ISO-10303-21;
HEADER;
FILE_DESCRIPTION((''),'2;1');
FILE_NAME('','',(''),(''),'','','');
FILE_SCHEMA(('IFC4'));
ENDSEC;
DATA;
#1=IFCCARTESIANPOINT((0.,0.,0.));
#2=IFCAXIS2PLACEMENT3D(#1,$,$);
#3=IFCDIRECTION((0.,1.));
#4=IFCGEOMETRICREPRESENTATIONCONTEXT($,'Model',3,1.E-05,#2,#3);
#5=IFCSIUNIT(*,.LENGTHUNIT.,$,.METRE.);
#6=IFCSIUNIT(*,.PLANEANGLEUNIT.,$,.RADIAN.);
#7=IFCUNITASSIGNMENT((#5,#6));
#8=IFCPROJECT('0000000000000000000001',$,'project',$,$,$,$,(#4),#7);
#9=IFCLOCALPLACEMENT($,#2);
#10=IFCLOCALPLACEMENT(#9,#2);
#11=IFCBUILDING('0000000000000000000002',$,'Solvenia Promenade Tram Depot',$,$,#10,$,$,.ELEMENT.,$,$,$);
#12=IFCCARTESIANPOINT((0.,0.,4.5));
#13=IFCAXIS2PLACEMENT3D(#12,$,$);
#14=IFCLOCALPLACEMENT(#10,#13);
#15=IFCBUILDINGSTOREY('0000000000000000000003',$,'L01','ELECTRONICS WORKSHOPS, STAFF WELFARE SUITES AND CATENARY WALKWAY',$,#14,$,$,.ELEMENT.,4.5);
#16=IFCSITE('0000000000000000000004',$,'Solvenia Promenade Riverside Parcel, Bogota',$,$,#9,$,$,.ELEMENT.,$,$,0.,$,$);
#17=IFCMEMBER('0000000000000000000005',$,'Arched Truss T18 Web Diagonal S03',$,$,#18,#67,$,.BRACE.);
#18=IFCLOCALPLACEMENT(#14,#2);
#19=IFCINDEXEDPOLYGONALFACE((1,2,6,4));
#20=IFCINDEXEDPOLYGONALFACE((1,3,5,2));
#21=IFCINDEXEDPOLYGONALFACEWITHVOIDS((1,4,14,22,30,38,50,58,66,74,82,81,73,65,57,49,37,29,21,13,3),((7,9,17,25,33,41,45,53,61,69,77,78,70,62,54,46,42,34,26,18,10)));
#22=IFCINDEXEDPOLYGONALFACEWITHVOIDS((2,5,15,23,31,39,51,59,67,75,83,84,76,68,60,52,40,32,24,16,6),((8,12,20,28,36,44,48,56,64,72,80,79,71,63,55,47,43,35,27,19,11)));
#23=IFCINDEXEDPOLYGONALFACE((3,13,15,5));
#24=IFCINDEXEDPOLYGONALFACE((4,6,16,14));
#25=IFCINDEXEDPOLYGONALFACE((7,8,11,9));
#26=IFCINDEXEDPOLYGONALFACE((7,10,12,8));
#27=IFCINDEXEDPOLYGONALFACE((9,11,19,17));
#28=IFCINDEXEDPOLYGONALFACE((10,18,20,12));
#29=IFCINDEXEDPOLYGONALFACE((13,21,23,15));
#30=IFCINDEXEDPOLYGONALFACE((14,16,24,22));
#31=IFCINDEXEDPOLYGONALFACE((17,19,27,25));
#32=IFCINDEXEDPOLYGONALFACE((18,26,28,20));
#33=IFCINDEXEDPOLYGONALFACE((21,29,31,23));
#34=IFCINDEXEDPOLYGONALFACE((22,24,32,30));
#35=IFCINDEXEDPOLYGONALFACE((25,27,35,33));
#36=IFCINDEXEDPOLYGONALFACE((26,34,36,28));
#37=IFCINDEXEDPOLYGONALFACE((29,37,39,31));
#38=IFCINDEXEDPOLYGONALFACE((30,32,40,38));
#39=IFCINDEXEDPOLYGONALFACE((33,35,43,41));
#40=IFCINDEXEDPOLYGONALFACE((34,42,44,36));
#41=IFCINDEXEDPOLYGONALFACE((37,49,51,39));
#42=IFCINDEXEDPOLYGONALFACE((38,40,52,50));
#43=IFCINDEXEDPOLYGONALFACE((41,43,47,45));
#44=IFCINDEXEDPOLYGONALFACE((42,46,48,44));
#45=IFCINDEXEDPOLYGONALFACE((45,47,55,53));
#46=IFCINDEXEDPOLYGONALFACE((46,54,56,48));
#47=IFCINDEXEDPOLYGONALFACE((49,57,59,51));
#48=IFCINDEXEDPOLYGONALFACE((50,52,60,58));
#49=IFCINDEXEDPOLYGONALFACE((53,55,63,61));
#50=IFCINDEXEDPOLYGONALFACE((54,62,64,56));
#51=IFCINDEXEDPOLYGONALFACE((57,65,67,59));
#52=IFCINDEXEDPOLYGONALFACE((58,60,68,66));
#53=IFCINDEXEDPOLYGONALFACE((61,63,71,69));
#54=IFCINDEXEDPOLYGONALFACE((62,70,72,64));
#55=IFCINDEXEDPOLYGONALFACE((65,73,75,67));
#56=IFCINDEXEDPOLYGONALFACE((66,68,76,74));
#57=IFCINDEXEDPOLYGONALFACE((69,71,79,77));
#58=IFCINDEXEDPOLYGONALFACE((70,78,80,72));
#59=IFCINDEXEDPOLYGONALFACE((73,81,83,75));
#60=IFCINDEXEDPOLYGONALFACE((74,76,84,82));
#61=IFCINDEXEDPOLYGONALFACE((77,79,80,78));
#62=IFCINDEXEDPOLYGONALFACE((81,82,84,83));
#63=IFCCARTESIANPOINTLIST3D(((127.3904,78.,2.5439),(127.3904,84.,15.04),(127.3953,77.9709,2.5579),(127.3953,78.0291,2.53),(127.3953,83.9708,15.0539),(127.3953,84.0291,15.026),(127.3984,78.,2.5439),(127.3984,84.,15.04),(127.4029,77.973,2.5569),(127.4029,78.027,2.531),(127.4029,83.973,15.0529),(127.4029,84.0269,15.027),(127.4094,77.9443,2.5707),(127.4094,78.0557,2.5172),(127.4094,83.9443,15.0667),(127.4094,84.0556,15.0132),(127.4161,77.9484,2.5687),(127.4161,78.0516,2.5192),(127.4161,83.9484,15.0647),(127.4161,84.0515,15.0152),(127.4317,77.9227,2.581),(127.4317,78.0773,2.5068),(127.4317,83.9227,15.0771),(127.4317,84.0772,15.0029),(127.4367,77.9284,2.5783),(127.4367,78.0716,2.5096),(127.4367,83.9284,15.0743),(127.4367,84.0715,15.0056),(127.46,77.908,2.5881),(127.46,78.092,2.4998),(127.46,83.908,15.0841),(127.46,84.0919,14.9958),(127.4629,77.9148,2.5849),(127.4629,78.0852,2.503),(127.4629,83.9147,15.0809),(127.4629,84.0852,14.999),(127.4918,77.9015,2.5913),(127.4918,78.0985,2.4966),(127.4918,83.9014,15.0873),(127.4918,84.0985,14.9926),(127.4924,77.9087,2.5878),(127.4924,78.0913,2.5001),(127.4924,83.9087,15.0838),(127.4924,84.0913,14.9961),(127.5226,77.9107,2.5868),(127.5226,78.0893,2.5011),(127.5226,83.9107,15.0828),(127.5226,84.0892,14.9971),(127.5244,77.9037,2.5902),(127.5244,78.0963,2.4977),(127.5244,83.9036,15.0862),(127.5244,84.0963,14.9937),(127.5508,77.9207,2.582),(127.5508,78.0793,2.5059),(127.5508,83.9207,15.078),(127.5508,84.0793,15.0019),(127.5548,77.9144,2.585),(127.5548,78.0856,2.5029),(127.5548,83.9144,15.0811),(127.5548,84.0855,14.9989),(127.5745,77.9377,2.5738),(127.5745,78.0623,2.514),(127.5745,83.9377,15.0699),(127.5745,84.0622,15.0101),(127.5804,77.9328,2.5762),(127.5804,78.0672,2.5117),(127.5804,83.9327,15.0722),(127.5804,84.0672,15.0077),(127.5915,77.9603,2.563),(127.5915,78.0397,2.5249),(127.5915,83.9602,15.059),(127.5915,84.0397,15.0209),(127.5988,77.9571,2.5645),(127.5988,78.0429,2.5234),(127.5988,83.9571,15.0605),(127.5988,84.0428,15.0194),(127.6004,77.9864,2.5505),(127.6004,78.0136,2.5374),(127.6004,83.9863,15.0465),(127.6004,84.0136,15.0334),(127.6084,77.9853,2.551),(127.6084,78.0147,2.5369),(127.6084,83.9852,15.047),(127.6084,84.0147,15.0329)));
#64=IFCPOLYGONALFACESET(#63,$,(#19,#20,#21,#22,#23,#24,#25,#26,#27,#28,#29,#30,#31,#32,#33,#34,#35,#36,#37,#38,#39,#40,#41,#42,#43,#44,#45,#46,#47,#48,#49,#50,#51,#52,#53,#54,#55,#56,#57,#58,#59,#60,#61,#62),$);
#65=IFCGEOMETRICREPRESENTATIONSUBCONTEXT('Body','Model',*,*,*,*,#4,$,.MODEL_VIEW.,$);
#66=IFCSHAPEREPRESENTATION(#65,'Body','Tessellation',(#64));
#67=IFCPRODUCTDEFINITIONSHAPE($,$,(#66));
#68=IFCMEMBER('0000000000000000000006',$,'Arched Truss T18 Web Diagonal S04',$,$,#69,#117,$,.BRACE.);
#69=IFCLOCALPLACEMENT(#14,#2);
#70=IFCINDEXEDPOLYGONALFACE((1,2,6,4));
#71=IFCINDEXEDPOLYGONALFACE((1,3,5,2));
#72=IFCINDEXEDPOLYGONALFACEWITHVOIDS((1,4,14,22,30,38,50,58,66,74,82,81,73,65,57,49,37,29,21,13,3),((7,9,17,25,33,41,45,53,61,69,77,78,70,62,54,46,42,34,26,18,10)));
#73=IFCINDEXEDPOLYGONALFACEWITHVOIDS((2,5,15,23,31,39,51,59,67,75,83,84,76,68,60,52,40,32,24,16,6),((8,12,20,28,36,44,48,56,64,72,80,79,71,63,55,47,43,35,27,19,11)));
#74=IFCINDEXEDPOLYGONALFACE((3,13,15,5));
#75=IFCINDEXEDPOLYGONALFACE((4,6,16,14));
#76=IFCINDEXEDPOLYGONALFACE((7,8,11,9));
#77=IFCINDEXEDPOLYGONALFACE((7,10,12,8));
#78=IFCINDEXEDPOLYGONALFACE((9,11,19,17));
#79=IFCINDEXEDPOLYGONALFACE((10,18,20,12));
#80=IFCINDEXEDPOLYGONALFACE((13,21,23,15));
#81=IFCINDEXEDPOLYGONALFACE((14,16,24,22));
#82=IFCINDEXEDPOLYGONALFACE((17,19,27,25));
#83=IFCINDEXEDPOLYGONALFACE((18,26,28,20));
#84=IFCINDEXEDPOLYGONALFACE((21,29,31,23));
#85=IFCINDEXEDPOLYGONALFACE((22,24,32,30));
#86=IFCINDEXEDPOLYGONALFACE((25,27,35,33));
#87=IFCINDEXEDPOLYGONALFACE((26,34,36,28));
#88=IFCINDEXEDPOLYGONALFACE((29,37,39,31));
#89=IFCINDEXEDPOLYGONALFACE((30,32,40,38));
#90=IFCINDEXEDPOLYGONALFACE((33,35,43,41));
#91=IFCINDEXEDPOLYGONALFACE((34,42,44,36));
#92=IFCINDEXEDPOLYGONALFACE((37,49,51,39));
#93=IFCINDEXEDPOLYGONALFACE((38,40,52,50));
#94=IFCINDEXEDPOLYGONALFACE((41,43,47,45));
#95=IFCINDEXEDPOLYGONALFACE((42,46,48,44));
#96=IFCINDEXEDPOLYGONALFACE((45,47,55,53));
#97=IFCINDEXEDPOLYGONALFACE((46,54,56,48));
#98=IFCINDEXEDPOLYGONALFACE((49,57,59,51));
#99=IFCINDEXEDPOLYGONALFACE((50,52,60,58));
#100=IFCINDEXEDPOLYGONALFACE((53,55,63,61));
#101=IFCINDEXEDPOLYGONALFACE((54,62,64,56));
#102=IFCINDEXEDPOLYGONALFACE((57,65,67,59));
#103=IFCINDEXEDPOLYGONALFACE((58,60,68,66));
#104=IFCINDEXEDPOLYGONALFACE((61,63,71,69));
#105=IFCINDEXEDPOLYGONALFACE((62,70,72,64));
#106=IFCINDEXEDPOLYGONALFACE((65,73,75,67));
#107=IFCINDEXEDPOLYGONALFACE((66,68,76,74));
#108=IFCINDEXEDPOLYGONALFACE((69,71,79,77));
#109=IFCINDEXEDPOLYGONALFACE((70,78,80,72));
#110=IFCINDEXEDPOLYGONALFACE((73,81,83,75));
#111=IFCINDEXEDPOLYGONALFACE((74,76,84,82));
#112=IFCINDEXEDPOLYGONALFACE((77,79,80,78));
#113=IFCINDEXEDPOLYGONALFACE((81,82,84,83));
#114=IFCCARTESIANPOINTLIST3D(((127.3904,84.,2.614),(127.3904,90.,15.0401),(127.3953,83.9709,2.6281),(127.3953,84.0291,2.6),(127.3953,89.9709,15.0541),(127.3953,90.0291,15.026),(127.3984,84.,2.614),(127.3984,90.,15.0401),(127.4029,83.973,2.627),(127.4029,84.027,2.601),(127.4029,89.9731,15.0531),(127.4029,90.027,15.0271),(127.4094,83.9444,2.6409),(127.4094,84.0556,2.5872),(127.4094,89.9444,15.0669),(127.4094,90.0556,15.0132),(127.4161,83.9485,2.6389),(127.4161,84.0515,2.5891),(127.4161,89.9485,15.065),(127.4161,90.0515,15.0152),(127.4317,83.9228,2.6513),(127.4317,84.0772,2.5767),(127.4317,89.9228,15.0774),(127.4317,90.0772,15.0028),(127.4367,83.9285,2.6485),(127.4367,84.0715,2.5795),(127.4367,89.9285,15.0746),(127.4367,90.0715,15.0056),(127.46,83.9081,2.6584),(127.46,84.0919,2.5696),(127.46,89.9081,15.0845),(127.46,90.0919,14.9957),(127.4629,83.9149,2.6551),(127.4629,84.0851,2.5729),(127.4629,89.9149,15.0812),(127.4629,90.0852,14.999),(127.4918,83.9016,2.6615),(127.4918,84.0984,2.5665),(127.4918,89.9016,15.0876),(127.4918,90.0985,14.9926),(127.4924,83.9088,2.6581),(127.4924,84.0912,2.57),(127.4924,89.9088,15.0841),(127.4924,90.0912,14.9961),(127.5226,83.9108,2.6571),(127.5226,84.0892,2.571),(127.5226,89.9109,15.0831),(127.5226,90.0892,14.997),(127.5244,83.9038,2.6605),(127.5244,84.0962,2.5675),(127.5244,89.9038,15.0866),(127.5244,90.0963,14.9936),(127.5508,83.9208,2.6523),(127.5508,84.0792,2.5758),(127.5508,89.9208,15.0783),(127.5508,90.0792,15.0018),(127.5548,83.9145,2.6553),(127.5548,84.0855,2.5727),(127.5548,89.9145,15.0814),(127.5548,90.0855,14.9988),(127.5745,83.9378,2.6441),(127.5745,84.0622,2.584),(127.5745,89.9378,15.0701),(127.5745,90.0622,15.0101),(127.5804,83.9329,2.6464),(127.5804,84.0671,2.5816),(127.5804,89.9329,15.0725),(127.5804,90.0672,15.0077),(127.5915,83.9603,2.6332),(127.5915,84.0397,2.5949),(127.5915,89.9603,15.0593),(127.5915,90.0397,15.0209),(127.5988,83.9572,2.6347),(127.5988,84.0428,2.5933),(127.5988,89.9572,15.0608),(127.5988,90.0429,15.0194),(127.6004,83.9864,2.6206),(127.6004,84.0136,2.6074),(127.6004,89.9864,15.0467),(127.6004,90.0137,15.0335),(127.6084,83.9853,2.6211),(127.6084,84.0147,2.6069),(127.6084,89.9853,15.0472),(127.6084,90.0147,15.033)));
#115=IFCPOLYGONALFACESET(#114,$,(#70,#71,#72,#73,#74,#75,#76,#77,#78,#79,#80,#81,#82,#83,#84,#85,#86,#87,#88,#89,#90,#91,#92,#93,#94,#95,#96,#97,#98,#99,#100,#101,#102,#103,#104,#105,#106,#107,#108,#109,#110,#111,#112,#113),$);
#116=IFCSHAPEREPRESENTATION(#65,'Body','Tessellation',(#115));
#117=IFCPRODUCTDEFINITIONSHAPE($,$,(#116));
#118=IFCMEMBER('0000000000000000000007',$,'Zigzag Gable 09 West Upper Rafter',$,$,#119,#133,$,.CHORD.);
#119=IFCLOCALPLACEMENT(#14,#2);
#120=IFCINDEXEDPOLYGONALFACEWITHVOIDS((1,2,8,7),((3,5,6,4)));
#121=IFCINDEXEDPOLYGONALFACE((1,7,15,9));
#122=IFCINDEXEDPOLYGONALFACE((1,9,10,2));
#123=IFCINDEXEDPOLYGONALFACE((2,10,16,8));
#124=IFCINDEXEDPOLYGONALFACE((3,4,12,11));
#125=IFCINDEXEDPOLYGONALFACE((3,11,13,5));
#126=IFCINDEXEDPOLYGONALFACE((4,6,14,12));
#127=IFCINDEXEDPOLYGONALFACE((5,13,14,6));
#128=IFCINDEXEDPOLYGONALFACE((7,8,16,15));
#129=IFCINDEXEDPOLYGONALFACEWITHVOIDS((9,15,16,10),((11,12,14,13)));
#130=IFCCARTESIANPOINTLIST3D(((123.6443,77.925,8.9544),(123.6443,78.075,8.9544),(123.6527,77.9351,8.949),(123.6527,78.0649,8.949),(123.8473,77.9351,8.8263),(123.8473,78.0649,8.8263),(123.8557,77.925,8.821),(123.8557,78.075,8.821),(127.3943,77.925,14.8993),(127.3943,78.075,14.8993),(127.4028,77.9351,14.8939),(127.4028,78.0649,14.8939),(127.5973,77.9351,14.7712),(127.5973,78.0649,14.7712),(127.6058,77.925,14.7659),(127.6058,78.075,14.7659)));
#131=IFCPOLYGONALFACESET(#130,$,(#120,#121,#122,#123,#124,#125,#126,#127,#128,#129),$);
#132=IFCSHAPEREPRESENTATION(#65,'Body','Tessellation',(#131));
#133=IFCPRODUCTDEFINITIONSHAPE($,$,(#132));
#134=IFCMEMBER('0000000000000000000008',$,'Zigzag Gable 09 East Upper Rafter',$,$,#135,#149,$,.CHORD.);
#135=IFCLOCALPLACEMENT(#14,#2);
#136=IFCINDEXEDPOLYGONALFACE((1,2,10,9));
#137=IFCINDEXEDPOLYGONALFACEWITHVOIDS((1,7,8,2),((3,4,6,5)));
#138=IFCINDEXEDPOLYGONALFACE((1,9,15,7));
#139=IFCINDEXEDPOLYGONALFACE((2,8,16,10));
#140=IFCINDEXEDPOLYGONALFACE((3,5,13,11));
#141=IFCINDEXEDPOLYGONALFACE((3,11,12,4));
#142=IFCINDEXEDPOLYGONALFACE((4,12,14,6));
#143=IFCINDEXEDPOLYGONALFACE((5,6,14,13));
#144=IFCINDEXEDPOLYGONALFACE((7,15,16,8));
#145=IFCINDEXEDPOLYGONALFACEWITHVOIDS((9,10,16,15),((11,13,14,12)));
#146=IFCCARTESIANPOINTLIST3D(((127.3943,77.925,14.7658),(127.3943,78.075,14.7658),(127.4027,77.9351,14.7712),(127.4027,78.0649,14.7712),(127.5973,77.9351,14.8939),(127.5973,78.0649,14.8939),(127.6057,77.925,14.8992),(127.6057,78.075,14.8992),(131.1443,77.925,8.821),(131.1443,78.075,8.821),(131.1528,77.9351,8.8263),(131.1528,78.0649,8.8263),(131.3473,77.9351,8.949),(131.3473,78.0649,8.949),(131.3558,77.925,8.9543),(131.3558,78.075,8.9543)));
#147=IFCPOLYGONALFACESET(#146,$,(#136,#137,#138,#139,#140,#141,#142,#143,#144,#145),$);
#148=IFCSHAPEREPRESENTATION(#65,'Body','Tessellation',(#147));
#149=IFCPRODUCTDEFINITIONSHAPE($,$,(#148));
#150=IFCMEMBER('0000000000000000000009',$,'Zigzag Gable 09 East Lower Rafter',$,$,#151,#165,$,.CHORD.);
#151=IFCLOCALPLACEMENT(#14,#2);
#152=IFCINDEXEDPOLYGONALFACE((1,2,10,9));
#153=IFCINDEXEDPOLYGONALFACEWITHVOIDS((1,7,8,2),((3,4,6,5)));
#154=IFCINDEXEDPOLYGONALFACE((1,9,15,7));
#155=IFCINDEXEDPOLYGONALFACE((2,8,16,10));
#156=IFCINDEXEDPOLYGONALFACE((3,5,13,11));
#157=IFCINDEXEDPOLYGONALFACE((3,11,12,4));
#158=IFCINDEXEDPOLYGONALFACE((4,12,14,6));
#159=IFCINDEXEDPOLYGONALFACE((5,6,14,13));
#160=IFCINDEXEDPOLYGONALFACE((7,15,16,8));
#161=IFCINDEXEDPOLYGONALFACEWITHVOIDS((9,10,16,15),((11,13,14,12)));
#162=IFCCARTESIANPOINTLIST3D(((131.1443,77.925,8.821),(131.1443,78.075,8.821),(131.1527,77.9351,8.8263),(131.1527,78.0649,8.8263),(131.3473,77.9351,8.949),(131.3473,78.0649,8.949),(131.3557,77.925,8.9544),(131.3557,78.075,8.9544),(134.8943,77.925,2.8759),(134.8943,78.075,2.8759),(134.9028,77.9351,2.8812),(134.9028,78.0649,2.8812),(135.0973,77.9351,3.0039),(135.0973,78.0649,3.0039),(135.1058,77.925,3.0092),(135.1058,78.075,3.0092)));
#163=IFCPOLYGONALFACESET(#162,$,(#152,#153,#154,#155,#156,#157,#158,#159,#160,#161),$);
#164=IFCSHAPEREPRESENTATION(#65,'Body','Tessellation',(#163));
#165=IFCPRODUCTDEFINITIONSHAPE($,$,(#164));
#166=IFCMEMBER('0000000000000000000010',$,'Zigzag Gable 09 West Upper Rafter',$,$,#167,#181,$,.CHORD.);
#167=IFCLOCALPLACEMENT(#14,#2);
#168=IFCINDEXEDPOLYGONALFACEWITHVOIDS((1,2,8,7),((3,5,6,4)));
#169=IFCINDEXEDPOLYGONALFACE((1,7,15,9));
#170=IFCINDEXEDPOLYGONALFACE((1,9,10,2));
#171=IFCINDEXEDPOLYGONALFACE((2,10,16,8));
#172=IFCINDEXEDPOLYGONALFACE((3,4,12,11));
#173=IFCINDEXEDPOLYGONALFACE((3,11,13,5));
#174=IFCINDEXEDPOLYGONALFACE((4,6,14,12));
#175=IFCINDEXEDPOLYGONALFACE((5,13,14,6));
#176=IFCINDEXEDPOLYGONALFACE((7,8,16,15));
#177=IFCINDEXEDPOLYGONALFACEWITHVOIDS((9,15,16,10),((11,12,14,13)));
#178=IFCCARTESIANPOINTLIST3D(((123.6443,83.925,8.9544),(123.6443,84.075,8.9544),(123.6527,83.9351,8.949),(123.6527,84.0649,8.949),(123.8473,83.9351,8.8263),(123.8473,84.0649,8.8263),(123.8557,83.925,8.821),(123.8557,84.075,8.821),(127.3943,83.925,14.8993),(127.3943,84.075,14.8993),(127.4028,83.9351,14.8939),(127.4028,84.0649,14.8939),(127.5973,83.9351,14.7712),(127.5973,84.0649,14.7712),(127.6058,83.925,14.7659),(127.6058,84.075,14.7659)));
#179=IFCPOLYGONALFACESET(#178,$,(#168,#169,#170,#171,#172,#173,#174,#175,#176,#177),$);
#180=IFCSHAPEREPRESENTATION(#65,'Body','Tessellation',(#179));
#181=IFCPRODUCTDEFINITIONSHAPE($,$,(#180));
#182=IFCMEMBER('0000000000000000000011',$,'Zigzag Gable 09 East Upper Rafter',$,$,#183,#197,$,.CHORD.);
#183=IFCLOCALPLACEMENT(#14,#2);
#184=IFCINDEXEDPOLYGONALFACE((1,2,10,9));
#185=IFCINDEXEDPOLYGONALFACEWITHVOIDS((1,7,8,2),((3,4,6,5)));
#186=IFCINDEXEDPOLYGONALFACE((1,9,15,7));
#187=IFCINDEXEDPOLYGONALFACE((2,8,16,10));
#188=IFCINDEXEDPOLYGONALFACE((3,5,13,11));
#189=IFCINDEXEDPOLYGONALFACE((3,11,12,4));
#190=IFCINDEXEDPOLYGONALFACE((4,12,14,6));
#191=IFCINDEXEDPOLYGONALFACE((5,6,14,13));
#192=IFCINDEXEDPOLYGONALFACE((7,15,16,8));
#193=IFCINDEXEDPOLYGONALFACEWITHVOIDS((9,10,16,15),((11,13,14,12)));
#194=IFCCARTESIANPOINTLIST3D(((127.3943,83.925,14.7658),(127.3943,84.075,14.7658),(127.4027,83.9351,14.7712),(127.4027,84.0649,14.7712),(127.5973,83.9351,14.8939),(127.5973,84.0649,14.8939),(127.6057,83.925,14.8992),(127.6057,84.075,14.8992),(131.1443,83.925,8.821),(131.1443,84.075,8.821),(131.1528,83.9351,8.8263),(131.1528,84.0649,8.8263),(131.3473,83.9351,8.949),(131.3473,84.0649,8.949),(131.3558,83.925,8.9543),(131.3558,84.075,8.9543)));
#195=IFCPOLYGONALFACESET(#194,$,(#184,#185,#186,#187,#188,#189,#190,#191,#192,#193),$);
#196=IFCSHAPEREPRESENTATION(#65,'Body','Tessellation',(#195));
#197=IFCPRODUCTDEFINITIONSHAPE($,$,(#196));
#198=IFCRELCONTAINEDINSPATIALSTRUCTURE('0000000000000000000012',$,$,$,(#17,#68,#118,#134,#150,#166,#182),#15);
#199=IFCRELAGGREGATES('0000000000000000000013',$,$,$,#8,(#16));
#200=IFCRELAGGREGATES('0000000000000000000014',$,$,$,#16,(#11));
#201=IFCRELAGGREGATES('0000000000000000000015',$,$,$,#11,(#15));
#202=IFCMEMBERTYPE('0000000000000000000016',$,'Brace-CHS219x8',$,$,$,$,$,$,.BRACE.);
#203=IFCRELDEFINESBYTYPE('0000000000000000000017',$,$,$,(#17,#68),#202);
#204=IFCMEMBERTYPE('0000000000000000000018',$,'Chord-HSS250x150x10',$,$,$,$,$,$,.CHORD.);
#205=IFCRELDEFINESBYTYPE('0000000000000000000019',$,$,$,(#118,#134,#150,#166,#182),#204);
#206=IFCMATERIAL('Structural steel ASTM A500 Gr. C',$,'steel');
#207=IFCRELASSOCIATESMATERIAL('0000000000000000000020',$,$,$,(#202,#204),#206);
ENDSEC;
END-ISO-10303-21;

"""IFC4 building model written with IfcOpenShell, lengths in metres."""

from ifc_helpers import new_model, si_unit, direction, frame, origin, origin_2d, place, context, subcontext, project, spatial, hollow_rectangle, hollow_circle, extrude, material, material_profile, profile_set, type_object, element, save


model = new_model("IFC4")

# Units and contexts
model_context = context("Model", 3, precision=1e-05, world=origin(), true_north=direction((0.0, 1.0)))
body_context = subcontext(model_context, "Body", "Model", "MODEL_VIEW")
ifc_project = project(units=[si_unit("LENGTHUNIT", "METRE"), si_unit("PLANEANGLEUNIT", "RADIAN")], contexts=[model_context])

# Site, building, storey
site_placement = place(None, origin())
site = spatial("IfcSite", under=ifc_project, at=site_placement, Name="Solvenia Promenade Riverside Parcel, Bogota", CompositionType="ELEMENT", RefElevation=0.0)
building_placement = place(site_placement, origin())
building = spatial("IfcBuilding", under=site, at=building_placement, Name="Solvenia Promenade Tram Depot", CompositionType="ELEMENT")
storey_placement = place(building_placement, frame((0.0, 0.0, 4.5)))
storey = spatial("IfcBuildingStorey", under=building, at=storey_placement, Name="L01", Description="ELECTRONICS WORKSHOPS, STAFF WELFARE SUITES AND CATENARY WALKWAY", CompositionType="ELEMENT", Elevation=4.5)

# Members
ifc_material_1 = material(Name="Structural steel ASTM A500 Gr. C", Category="steel")
ifc_material_profile_1 = material_profile(ifc_material_1, hollow_circle(Radius=0.1096, WallThickness=0.0081, at=origin_2d()), Name="CHS219.1x8", Category="steel")
ifc_profile_set_1 = profile_set([ifc_material_profile_1], Name="Structural steel ASTM A500 Gr. C")
member_type_1 = type_object("IfcMemberType", Name="Brace-CHS219x8", PredefinedType="BRACE", material=ifc_profile_set_1)
member_1_placement = place(storey_placement, frame((127.5, 78.0, 2.5439), z_axis=(0.0, 0.432841, 0.90147), x_axis=(-1.0, 0.0, 0.0)))
element("IfcMember", 1, at=member_1_placement, inside=storey, type_object=member_type_1, Name="Arched Truss T18 Web Diagonal S03", PredefinedType="BRACE", context=body_context, shape_type="SweptSolid", body=[
    extrude(hollow_circle(Radius=0.1096, WallThickness=0.0081, at=origin_2d()), origin(), (0.0, 0.0, 1.0), 13.8618),
])
member_2_placement = place(storey_placement, frame((127.5, 84.0, 2.614), z_axis=(0.0, 0.434821, 0.900517), x_axis=(-1.0, 0.0, 0.0)))
element("IfcMember", 2, at=member_2_placement, inside=storey, type_object=member_type_1, Name="Arched Truss T18 Web Diagonal S04", PredefinedType="BRACE", context=body_context, shape_type="SweptSolid", body=[
    extrude(hollow_circle(Radius=0.1096, WallThickness=0.0081, at=origin_2d()), origin(), (0.0, 0.0, 1.0), 13.7988),
])
ifc_material_profile_2 = material_profile(ifc_material_1, hollow_rectangle(XDim=0.1499, YDim=0.25, WallThickness=0.01, at=origin_2d()), Name="HSS250x150x10", Category="steel")
ifc_profile_set_2 = profile_set([ifc_material_profile_2], Name="Structural steel ASTM A500 Gr. C")
member_type_2 = type_object("IfcMemberType", Name="Chord-HSS250x150x10", PredefinedType="CHORD", material=ifc_profile_set_2)
for number, where, z_axis, x_axis, name in (
    (3, (123.75, 78.0, 8.8877), (0.533522, 0.0, 0.845786), (0.0, 1.0, 0.0), "Zigzag Gable 09 West Upper Rafter"),
    (4, (127.5, 78.0, 14.8325), (0.533522, 0.0, -0.845786), (0.0, 1.0, 0.0), "Zigzag Gable 09 East Upper Rafter"),
):
    element("IfcMember", number, at=place(storey_placement, frame(where, z_axis=z_axis, x_axis=x_axis)), inside=storey, type_object=member_type_2, Name=name, PredefinedType="CHORD", context=body_context, shape_type="SweptSolid", body=[
        extrude(hollow_rectangle(XDim=0.1499, YDim=0.25, WallThickness=0.01, at=origin_2d()), origin(), (0.0, 0.0, 1.0), 7.0288),
    ])
member_3_placement = place(storey_placement, frame((131.25, 78.0, 8.8877), z_axis=(0.533507, 0.0, -0.845796), x_axis=(0.0, 1.0, 0.0)))
element("IfcMember", 5, at=member_3_placement, inside=storey, type_object=member_type_2, Name="Zigzag Gable 09 East Lower Rafter", PredefinedType="CHORD", context=body_context, shape_type="SweptSolid", body=[
    extrude(hollow_rectangle(XDim=0.1499, YDim=0.25, WallThickness=0.01, at=origin_2d()), origin(), (0.0, 0.0, 1.0), 7.0291),
])
for number, where, z_axis, x_axis, name in (
    (6, (123.75, 84.0, 8.8877), (0.533522, 0.0, 0.845786), (0.0, 1.0, 0.0), "Zigzag Gable 09 West Upper Rafter"),
    (7, (127.5, 84.0, 14.8325), (0.533522, 0.0, -0.845786), (0.0, 1.0, 0.0), "Zigzag Gable 09 East Upper Rafter"),
):
    element("IfcMember", number, at=place(storey_placement, frame(where, z_axis=z_axis, x_axis=x_axis)), inside=storey, type_object=member_type_2, Name=name, PredefinedType="CHORD", context=body_context, shape_type="SweptSolid", body=[
        extrude(hollow_rectangle(XDim=0.1499, YDim=0.25, WallThickness=0.01, at=origin_2d()), origin(), (0.0, 0.0, 1.0), 7.0288),
    ])

save(model, "model.ifc")
